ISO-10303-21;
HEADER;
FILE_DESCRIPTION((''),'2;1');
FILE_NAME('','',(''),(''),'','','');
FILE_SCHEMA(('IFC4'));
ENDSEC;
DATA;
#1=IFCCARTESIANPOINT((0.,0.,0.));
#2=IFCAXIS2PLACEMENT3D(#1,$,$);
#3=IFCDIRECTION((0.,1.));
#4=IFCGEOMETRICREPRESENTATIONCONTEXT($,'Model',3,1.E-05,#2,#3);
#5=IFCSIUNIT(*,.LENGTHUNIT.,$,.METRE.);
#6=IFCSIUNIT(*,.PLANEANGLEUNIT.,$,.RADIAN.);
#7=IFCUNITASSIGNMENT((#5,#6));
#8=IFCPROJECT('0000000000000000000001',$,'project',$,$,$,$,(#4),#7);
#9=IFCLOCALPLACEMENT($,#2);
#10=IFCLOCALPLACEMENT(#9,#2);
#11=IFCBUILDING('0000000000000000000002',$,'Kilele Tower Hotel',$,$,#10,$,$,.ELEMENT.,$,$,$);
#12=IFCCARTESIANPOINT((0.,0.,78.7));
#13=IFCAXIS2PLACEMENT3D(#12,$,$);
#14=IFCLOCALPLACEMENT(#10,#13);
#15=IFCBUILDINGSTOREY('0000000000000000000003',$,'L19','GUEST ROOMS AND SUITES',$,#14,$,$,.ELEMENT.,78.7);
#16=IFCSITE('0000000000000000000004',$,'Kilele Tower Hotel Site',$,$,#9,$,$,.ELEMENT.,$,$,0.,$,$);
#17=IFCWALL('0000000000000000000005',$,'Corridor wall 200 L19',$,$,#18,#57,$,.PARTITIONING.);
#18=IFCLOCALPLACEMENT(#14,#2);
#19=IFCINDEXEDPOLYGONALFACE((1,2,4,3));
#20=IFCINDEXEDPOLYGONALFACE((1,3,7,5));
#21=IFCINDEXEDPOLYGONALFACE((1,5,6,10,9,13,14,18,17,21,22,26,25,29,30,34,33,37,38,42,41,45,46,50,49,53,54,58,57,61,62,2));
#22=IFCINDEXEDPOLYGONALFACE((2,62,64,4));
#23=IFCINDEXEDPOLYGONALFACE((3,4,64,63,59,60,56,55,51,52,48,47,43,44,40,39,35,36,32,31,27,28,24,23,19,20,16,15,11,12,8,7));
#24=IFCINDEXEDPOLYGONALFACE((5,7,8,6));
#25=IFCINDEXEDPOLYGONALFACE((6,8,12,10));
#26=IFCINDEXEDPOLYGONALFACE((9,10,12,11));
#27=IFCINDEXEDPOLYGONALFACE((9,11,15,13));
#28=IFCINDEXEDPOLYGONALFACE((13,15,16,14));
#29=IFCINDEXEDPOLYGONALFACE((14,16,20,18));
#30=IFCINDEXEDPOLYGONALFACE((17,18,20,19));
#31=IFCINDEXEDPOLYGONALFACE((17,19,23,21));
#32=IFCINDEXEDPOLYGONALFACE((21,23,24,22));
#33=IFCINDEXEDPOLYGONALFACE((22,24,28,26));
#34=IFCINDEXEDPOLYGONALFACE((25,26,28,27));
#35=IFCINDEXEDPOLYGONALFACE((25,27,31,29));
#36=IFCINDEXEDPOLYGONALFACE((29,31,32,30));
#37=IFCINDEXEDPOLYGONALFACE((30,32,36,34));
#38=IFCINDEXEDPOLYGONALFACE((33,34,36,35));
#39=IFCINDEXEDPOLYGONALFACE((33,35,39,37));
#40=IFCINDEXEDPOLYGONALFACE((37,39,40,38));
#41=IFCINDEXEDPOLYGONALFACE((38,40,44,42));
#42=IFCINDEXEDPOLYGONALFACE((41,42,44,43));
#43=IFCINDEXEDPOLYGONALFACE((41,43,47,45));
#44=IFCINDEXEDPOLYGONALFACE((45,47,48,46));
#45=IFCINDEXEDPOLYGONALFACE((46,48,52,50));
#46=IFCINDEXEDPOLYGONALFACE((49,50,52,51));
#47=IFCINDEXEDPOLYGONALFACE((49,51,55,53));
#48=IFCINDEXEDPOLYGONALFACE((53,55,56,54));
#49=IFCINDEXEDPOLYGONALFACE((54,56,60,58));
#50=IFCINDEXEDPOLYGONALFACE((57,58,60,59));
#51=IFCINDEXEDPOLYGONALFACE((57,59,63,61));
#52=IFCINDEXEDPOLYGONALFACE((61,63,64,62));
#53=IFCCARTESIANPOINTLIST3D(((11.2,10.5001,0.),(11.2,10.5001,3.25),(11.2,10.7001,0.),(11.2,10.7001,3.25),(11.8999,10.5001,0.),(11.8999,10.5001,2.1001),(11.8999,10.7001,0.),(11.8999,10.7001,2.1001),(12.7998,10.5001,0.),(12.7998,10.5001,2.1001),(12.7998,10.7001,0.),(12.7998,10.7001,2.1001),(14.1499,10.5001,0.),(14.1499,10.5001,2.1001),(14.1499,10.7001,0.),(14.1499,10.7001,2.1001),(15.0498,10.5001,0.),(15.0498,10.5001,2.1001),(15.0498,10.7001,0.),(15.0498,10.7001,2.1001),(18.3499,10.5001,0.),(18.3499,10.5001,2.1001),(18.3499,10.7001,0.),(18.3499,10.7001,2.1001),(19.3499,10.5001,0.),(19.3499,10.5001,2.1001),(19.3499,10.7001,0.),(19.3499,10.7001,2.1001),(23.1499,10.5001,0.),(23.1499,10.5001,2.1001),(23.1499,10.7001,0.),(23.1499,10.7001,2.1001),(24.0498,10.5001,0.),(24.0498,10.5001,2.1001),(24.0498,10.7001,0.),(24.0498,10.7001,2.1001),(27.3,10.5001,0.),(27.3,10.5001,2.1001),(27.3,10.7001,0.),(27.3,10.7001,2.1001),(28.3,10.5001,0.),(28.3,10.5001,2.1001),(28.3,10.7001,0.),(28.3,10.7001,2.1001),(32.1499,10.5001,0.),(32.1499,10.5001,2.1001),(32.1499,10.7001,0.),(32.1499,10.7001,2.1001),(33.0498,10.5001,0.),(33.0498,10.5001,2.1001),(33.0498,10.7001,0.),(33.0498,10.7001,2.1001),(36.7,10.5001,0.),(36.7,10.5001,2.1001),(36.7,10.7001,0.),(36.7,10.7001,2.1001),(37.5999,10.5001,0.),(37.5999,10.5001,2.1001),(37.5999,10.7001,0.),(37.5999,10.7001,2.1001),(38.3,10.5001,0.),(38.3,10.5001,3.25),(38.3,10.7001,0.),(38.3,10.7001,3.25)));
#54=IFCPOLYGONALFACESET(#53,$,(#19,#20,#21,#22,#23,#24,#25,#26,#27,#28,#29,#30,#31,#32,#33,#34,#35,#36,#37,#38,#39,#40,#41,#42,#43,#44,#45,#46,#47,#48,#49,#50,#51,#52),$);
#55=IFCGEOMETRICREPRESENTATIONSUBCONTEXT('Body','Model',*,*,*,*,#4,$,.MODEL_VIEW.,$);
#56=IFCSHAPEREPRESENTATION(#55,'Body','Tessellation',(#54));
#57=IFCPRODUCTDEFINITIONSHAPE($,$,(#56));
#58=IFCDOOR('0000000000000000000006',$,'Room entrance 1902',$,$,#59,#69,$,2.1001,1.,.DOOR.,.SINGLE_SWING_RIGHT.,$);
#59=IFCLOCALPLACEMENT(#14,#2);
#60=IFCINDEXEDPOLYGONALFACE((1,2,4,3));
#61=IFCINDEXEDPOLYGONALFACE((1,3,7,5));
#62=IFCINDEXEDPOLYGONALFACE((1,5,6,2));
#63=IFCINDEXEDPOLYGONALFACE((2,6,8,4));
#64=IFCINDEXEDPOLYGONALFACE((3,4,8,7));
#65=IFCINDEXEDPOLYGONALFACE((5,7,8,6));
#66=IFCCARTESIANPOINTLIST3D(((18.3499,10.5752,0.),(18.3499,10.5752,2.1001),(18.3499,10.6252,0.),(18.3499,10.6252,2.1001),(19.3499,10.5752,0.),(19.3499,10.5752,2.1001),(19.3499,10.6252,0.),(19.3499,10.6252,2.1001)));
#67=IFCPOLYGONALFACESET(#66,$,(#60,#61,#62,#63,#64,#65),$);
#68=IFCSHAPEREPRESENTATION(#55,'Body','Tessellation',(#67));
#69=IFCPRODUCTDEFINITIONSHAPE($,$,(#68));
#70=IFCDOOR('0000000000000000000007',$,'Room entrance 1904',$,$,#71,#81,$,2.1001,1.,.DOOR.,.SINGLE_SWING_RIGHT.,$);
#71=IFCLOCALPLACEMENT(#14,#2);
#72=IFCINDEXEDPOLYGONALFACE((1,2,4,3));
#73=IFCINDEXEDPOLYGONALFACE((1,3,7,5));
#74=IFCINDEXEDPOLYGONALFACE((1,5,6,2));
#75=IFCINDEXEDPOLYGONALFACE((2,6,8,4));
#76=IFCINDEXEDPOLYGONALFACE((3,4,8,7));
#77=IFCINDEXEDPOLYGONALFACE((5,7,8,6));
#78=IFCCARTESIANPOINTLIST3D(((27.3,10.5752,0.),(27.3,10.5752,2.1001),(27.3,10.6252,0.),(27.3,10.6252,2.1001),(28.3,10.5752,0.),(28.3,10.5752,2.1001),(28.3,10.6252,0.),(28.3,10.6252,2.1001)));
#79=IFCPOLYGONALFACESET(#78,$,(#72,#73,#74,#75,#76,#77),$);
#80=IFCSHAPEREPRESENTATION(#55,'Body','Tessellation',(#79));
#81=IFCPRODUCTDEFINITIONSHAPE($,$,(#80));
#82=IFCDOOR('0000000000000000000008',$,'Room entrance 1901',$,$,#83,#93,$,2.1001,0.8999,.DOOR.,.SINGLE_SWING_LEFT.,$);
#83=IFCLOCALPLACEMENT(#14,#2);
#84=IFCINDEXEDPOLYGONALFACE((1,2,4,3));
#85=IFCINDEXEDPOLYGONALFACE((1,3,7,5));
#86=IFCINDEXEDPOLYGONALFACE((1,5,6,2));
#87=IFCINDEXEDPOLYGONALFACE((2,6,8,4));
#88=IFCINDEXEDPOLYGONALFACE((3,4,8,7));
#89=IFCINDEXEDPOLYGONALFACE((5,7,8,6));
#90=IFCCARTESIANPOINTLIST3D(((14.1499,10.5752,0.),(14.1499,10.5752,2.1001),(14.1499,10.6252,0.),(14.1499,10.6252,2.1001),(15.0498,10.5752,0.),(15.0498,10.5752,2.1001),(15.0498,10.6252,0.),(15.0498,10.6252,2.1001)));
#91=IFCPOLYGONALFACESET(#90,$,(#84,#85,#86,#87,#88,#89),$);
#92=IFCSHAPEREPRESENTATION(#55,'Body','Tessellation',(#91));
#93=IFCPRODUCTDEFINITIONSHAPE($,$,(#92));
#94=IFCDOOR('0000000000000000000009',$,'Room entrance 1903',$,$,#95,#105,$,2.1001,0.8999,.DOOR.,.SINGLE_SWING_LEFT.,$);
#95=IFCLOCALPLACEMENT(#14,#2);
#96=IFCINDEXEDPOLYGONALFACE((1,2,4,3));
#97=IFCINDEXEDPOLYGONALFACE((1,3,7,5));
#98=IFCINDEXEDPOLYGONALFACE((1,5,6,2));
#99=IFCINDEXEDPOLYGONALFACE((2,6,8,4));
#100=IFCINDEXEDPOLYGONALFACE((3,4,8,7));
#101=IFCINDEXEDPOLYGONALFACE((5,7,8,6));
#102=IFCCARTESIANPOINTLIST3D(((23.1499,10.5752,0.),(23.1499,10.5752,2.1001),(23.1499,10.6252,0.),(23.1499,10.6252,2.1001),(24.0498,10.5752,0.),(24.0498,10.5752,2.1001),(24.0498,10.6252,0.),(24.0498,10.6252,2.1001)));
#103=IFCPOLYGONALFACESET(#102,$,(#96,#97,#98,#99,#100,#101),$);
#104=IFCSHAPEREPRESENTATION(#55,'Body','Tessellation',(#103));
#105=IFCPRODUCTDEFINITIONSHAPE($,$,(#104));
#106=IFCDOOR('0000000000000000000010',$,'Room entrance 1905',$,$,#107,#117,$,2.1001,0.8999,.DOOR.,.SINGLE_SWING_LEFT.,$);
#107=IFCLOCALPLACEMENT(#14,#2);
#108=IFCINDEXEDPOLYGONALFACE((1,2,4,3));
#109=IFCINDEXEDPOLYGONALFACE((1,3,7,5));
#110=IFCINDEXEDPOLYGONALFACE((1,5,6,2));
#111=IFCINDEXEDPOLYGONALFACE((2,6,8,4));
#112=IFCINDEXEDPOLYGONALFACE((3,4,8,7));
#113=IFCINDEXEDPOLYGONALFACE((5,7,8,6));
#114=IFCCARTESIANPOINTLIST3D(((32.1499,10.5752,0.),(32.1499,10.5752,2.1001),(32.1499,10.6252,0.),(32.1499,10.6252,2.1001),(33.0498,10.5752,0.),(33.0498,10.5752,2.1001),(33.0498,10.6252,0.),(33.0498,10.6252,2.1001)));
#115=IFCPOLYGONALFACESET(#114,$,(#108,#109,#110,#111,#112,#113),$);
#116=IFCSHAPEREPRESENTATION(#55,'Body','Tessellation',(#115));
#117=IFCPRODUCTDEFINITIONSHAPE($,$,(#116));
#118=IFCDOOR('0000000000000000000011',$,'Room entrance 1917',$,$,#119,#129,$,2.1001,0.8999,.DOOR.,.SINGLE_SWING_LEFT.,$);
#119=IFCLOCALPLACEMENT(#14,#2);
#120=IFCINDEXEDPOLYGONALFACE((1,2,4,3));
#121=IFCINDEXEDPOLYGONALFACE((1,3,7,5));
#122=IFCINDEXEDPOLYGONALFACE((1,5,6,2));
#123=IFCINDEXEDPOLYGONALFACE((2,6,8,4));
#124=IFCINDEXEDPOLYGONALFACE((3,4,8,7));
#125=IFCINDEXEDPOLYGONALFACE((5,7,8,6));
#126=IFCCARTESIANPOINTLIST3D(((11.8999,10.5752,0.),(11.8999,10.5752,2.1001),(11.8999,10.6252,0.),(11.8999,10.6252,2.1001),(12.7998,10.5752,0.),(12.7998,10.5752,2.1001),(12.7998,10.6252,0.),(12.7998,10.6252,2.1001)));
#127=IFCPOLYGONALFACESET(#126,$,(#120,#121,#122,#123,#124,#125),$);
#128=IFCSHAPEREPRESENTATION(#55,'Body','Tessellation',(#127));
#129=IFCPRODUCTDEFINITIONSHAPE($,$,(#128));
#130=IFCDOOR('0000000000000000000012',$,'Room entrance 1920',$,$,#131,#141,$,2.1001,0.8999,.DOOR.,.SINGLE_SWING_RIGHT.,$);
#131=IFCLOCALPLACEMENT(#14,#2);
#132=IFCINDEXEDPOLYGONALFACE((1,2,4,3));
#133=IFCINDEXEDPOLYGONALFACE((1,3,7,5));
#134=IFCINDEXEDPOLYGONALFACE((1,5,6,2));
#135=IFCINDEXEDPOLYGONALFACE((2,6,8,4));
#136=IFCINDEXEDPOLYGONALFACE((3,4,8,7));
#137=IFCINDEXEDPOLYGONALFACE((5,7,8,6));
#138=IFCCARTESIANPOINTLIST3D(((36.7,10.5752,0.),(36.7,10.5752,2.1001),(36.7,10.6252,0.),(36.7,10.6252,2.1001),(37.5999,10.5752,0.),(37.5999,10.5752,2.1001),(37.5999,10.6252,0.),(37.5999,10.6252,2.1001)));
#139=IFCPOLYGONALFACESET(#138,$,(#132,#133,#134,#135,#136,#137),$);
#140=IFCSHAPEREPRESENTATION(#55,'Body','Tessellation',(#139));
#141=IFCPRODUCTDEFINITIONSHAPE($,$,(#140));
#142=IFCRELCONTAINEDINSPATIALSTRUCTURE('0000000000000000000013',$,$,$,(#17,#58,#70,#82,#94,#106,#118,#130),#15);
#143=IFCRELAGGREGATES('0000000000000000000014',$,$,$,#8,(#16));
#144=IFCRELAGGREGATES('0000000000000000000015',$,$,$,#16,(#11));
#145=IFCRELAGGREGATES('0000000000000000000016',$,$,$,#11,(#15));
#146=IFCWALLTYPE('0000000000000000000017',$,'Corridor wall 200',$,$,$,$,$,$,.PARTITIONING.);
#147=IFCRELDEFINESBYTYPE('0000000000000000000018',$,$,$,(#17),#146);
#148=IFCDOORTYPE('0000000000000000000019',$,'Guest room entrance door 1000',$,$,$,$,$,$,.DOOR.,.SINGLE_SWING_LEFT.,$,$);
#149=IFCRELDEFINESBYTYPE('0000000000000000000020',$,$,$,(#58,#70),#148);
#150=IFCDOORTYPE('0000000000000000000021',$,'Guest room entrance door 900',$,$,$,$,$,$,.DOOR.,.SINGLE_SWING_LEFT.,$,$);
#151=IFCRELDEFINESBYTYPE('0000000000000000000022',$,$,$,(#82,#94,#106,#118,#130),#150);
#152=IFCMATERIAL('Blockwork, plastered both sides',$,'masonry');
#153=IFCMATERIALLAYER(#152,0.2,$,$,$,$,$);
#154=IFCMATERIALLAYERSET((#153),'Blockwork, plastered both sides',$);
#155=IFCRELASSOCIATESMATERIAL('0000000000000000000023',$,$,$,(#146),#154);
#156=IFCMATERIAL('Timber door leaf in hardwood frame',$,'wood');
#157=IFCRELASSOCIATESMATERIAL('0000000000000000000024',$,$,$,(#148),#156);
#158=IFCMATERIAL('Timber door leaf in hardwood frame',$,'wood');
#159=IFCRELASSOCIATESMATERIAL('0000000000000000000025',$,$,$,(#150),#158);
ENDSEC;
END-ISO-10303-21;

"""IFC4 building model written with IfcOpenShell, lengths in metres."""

from ifc_helpers import new_model, si_unit, direction, frame, frame_2d, origin, place, context, subcontext, project, spatial, rectangle, extrude, material, layer, layer_set, type_object, element, fill, save


model = new_model("IFC4")

# Units and contexts
model_context = context("Model", 3, precision=1e-05, world=origin(), true_north=direction((0.0, 1.0)))
body_context = subcontext(model_context, "Body", "Model", "MODEL_VIEW")
ifc_project = project(units=[si_unit("LENGTHUNIT", "METRE"), si_unit("PLANEANGLEUNIT", "RADIAN")], contexts=[model_context])

# Site, building, storey
site_placement = place(None, origin())
site = spatial("IfcSite", under=ifc_project, at=site_placement, Name="Kilele Tower Hotel Site", CompositionType="ELEMENT", RefElevation=0.0)
building_placement = place(site_placement, origin())
building = spatial("IfcBuilding", under=site, at=building_placement, Name="Kilele Tower Hotel", CompositionType="ELEMENT")
storey_placement = place(building_placement, frame((0.0, 0.0, 78.7)))
storey = spatial("IfcBuildingStorey", under=building, at=storey_placement, Name="L19", Description="GUEST ROOMS AND SUITES", CompositionType="ELEMENT", Elevation=78.7)

# Wall, openings, doors
ifc_material_1 = material(Name="Blockwork, plastered both sides", Category="masonry")
ifc_layer_1 = layer(ifc_material_1, 0.2)
ifc_layer_set_1 = layer_set([ifc_layer_1], Name="Blockwork, plastered both sides")
wall_type_1 = type_object("IfcWallType", Name="Corridor wall 200", PredefinedType="PARTITIONING", material=ifc_layer_set_1)
wall_1_placement = place(storey_placement, frame((11.2, 10.6001, 0.0), z_axis=(0.0, 0.0, 1.0), x_axis=(1.0, 0.0, 0.0)))
wall_1 = element("IfcWall", 1, at=wall_1_placement, inside=storey, type_object=wall_type_1, Name="Corridor wall 200 L19", PredefinedType="PARTITIONING", context=body_context, shape_type="SweptSolid", body=[
    extrude(rectangle(XDim=27.1001, YDim=0.2, at=frame_2d((13.55, 0.0))), origin(), (0.0, 0.0, 1.0), 3.25),
])
opening_1_placement = place(wall_1_placement, frame((3.8499, 0.0, 0.0), z_axis=(0.0, 0.0, 1.0), x_axis=(-1.0, 0.0, 0.0)))
opening_1 = element("IfcOpeningElement", 2, at=opening_1_placement, cuts=wall_1, PredefinedType="OPENING", context=body_context, shape_type="SweptSolid", body=[
    extrude(rectangle(XDim=0.8999, YDim=2.1001, at=frame_2d((0.45, 1.05))), frame((0.0, 0.1099, 0.0), z_axis=(0.0, -1.0, 0.0), x_axis=(1.0, 0.0, 0.0)), (0.0, 0.0, 1.0), 0.22),
])
opening_2_placement = place(wall_1_placement, frame((8.1499, 0.0, 0.0), z_axis=(0.0, 0.0, 1.0), x_axis=(-1.0, 0.0, 0.0)))
opening_2 = element("IfcOpeningElement", 3, at=opening_2_placement, cuts=wall_1, PredefinedType="OPENING", context=body_context, shape_type="SweptSolid", body=[
    extrude(rectangle(XDim=1.0, YDim=2.1001, at=frame_2d((0.5, 1.05))), frame((0.0, 0.1099, 0.0), z_axis=(0.0, -1.0, 0.0), x_axis=(1.0, 0.0, 0.0)), (0.0, 0.0, 1.0), 0.22),
])
opening_3_placement = place(wall_1_placement, frame((12.8499, 0.0, 0.0), z_axis=(0.0, 0.0, 1.0), x_axis=(-1.0, 0.0, 0.0)))
opening_3 = element("IfcOpeningElement", 4, at=opening_3_placement, cuts=wall_1, PredefinedType="OPENING", context=body_context, shape_type="SweptSolid", body=[
    extrude(rectangle(XDim=0.8999, YDim=2.1001, at=frame_2d((0.45, 1.05))), frame((0.0, 0.1099, 0.0), z_axis=(0.0, -1.0, 0.0), x_axis=(1.0, 0.0, 0.0)), (0.0, 0.0, 1.0), 0.22),
])
opening_4_placement = place(wall_1_placement, frame((17.1001, 0.0, 0.0), z_axis=(0.0, 0.0, 1.0), x_axis=(-1.0, 0.0, 0.0)))
opening_4 = element("IfcOpeningElement", 5, at=opening_4_placement, cuts=wall_1, PredefinedType="OPENING", context=body_context, shape_type="SweptSolid", body=[
    extrude(rectangle(XDim=1.0, YDim=2.1001, at=frame_2d((0.5, 1.05))), frame((0.0, 0.1099, 0.0), z_axis=(0.0, -1.0, 0.0), x_axis=(1.0, 0.0, 0.0)), (0.0, 0.0, 1.0), 0.22),
])
opening_5_placement = place(wall_1_placement, frame((21.8499, 0.0, 0.0), z_axis=(0.0, 0.0, 1.0), x_axis=(-1.0, 0.0, 0.0)))
opening_5 = element("IfcOpeningElement", 6, at=opening_5_placement, cuts=wall_1, PredefinedType="OPENING", context=body_context, shape_type="SweptSolid", body=[
    extrude(rectangle(XDim=0.8999, YDim=2.1001, at=frame_2d((0.45, 1.05))), frame((0.0, 0.1099, 0.0), z_axis=(0.0, -1.0, 0.0), x_axis=(1.0, 0.0, 0.0)), (0.0, 0.0, 1.0), 0.22),
])
opening_6_placement = place(wall_1_placement, frame((1.5999, 0.0, 0.0), z_axis=(0.0, 0.0, 1.0), x_axis=(-1.0, 0.0, 0.0)))
opening_6 = element("IfcOpeningElement", 7, at=opening_6_placement, cuts=wall_1, PredefinedType="OPENING", context=body_context, shape_type="SweptSolid", body=[
    extrude(rectangle(XDim=0.8999, YDim=2.1001, at=frame_2d((0.45, 1.05))), frame((0.0, 0.1099, 0.0), z_axis=(0.0, -1.0, 0.0), x_axis=(1.0, 0.0, 0.0)), (0.0, 0.0, 1.0), 0.22),
])
opening_7_placement = place(wall_1_placement, frame((26.3999, 0.0, 0.0), z_axis=(0.0, 0.0, 1.0), x_axis=(-1.0, 0.0, 0.0)))
opening_7 = element("IfcOpeningElement", 8, at=opening_7_placement, cuts=wall_1, PredefinedType="OPENING", context=body_context, shape_type="SweptSolid", body=[
    extrude(rectangle(XDim=0.8999, YDim=2.1001, at=frame_2d((0.45, 1.05))), frame((0.0, 0.1099, 0.0), z_axis=(0.0, -1.0, 0.0), x_axis=(1.0, 0.0, 0.0)), (0.0, 0.0, 1.0), 0.22),
])
ifc_material_2 = material(Name="Timber door leaf in hardwood frame", Category="wood")
door_type_1 = type_object("IfcDoorType", Name="Guest room entrance door 1000", OperationType="SINGLE_SWING_LEFT", PredefinedType="DOOR", material=ifc_material_2)
door_1_placement = place(opening_2_placement, origin())
door_1 = element("IfcDoor", 9, at=door_1_placement, inside=storey, type_object=door_type_1, Name="Room entrance 1902", OperationType="SINGLE_SWING_RIGHT", OverallHeight=2.1001, OverallWidth=1.0, PredefinedType="DOOR", context=body_context, shape_type="SweptSolid", body=[
    extrude(rectangle(XDim=1.0, YDim=2.1001, at=frame_2d((0.5, 1.05))), frame((0.0, 0.0249, 0.0), z_axis=(0.0, -1.0, 0.0), x_axis=(1.0, 0.0, 0.0)), (0.0, 0.0, 1.0), 0.05),
])
fill(opening_2, door_1)
door_2_placement = place(opening_4_placement, origin())
door_2 = element("IfcDoor", 10, at=door_2_placement, inside=storey, type_object=door_type_1, Name="Room entrance 1904", OperationType="SINGLE_SWING_RIGHT", OverallHeight=2.1001, OverallWidth=1.0, PredefinedType="DOOR", context=body_context, shape_type="SweptSolid", body=[
    extrude(rectangle(XDim=1.0, YDim=2.1001, at=frame_2d((0.5, 1.05))), frame((0.0, 0.0249, 0.0), z_axis=(0.0, -1.0, 0.0), x_axis=(1.0, 0.0, 0.0)), (0.0, 0.0, 1.0), 0.05),
])
fill(opening_4, door_2)
ifc_material_3 = material(Name="Timber door leaf in hardwood frame", Category="wood")
door_type_2 = type_object("IfcDoorType", Name="Guest room entrance door 900", OperationType="SINGLE_SWING_LEFT", PredefinedType="DOOR", material=ifc_material_3)
door_3_placement = place(opening_1_placement, origin())
door_3 = element("IfcDoor", 11, at=door_3_placement, inside=storey, type_object=door_type_2, Name="Room entrance 1901", OperationType="SINGLE_SWING_LEFT", OverallHeight=2.1001, OverallWidth=0.8999, PredefinedType="DOOR", context=body_context, shape_type="SweptSolid", body=[
    extrude(rectangle(XDim=0.8999, YDim=2.1001, at=frame_2d((0.45, 1.05))), frame((0.0, 0.0249, 0.0), z_axis=(0.0, -1.0, 0.0), x_axis=(1.0, 0.0, 0.0)), (0.0, 0.0, 1.0), 0.05),
])
fill(opening_1, door_3)
door_4_placement = place(opening_3_placement, origin())
door_4 = element("IfcDoor", 12, at=door_4_placement, inside=storey, type_object=door_type_2, Name="Room entrance 1903", OperationType="SINGLE_SWING_LEFT", OverallHeight=2.1001, OverallWidth=0.8999, PredefinedType="DOOR", context=body_context, shape_type="SweptSolid", body=[
    extrude(rectangle(XDim=0.8999, YDim=2.1001, at=frame_2d((0.45, 1.05))), frame((0.0, 0.0249, 0.0), z_axis=(0.0, -1.0, 0.0), x_axis=(1.0, 0.0, 0.0)), (0.0, 0.0, 1.0), 0.05),
])
fill(opening_3, door_4)
door_5_placement = place(opening_5_placement, origin())
door_5 = element("IfcDoor", 13, at=door_5_placement, inside=storey, type_object=door_type_2, Name="Room entrance 1905", OperationType="SINGLE_SWING_LEFT", OverallHeight=2.1001, OverallWidth=0.8999, PredefinedType="DOOR", context=body_context, shape_type="SweptSolid", body=[
    extrude(rectangle(XDim=0.8999, YDim=2.1001, at=frame_2d((0.45, 1.05))), frame((0.0, 0.0249, 0.0), z_axis=(0.0, -1.0, 0.0), x_axis=(1.0, 0.0, 0.0)), (0.0, 0.0, 1.0), 0.05),
])
fill(opening_5, door_5)
door_6_placement = place(opening_6_placement, origin())
door_6 = element("IfcDoor", 14, at=door_6_placement, inside=storey, type_object=door_type_2, Name="Room entrance 1917", OperationType="SINGLE_SWING_LEFT", OverallHeight=2.1001, OverallWidth=0.8999, PredefinedType="DOOR", context=body_context, shape_type="SweptSolid", body=[
    extrude(rectangle(XDim=0.8999, YDim=2.1001, at=frame_2d((0.45, 1.05))), frame((0.0, 0.0249, 0.0), z_axis=(0.0, -1.0, 0.0), x_axis=(1.0, 0.0, 0.0)), (0.0, 0.0, 1.0), 0.05),
])
fill(opening_6, door_6)
door_7_placement = place(opening_7_placement, origin())
door_7 = element("IfcDoor", 15, at=door_7_placement, inside=storey, type_object=door_type_2, Name="Room entrance 1920", OperationType="SINGLE_SWING_RIGHT", OverallHeight=2.1001, OverallWidth=0.8999, PredefinedType="DOOR", context=body_context, shape_type="SweptSolid", body=[
    extrude(rectangle(XDim=0.8999, YDim=2.1001, at=frame_2d((0.45, 1.05))), frame((0.0, 0.0249, 0.0), z_axis=(0.0, -1.0, 0.0), x_axis=(1.0, 0.0, 0.0)), (0.0, 0.0, 1.0), 0.05),
])
fill(opening_7, door_7)

save(model, "model.ifc")
